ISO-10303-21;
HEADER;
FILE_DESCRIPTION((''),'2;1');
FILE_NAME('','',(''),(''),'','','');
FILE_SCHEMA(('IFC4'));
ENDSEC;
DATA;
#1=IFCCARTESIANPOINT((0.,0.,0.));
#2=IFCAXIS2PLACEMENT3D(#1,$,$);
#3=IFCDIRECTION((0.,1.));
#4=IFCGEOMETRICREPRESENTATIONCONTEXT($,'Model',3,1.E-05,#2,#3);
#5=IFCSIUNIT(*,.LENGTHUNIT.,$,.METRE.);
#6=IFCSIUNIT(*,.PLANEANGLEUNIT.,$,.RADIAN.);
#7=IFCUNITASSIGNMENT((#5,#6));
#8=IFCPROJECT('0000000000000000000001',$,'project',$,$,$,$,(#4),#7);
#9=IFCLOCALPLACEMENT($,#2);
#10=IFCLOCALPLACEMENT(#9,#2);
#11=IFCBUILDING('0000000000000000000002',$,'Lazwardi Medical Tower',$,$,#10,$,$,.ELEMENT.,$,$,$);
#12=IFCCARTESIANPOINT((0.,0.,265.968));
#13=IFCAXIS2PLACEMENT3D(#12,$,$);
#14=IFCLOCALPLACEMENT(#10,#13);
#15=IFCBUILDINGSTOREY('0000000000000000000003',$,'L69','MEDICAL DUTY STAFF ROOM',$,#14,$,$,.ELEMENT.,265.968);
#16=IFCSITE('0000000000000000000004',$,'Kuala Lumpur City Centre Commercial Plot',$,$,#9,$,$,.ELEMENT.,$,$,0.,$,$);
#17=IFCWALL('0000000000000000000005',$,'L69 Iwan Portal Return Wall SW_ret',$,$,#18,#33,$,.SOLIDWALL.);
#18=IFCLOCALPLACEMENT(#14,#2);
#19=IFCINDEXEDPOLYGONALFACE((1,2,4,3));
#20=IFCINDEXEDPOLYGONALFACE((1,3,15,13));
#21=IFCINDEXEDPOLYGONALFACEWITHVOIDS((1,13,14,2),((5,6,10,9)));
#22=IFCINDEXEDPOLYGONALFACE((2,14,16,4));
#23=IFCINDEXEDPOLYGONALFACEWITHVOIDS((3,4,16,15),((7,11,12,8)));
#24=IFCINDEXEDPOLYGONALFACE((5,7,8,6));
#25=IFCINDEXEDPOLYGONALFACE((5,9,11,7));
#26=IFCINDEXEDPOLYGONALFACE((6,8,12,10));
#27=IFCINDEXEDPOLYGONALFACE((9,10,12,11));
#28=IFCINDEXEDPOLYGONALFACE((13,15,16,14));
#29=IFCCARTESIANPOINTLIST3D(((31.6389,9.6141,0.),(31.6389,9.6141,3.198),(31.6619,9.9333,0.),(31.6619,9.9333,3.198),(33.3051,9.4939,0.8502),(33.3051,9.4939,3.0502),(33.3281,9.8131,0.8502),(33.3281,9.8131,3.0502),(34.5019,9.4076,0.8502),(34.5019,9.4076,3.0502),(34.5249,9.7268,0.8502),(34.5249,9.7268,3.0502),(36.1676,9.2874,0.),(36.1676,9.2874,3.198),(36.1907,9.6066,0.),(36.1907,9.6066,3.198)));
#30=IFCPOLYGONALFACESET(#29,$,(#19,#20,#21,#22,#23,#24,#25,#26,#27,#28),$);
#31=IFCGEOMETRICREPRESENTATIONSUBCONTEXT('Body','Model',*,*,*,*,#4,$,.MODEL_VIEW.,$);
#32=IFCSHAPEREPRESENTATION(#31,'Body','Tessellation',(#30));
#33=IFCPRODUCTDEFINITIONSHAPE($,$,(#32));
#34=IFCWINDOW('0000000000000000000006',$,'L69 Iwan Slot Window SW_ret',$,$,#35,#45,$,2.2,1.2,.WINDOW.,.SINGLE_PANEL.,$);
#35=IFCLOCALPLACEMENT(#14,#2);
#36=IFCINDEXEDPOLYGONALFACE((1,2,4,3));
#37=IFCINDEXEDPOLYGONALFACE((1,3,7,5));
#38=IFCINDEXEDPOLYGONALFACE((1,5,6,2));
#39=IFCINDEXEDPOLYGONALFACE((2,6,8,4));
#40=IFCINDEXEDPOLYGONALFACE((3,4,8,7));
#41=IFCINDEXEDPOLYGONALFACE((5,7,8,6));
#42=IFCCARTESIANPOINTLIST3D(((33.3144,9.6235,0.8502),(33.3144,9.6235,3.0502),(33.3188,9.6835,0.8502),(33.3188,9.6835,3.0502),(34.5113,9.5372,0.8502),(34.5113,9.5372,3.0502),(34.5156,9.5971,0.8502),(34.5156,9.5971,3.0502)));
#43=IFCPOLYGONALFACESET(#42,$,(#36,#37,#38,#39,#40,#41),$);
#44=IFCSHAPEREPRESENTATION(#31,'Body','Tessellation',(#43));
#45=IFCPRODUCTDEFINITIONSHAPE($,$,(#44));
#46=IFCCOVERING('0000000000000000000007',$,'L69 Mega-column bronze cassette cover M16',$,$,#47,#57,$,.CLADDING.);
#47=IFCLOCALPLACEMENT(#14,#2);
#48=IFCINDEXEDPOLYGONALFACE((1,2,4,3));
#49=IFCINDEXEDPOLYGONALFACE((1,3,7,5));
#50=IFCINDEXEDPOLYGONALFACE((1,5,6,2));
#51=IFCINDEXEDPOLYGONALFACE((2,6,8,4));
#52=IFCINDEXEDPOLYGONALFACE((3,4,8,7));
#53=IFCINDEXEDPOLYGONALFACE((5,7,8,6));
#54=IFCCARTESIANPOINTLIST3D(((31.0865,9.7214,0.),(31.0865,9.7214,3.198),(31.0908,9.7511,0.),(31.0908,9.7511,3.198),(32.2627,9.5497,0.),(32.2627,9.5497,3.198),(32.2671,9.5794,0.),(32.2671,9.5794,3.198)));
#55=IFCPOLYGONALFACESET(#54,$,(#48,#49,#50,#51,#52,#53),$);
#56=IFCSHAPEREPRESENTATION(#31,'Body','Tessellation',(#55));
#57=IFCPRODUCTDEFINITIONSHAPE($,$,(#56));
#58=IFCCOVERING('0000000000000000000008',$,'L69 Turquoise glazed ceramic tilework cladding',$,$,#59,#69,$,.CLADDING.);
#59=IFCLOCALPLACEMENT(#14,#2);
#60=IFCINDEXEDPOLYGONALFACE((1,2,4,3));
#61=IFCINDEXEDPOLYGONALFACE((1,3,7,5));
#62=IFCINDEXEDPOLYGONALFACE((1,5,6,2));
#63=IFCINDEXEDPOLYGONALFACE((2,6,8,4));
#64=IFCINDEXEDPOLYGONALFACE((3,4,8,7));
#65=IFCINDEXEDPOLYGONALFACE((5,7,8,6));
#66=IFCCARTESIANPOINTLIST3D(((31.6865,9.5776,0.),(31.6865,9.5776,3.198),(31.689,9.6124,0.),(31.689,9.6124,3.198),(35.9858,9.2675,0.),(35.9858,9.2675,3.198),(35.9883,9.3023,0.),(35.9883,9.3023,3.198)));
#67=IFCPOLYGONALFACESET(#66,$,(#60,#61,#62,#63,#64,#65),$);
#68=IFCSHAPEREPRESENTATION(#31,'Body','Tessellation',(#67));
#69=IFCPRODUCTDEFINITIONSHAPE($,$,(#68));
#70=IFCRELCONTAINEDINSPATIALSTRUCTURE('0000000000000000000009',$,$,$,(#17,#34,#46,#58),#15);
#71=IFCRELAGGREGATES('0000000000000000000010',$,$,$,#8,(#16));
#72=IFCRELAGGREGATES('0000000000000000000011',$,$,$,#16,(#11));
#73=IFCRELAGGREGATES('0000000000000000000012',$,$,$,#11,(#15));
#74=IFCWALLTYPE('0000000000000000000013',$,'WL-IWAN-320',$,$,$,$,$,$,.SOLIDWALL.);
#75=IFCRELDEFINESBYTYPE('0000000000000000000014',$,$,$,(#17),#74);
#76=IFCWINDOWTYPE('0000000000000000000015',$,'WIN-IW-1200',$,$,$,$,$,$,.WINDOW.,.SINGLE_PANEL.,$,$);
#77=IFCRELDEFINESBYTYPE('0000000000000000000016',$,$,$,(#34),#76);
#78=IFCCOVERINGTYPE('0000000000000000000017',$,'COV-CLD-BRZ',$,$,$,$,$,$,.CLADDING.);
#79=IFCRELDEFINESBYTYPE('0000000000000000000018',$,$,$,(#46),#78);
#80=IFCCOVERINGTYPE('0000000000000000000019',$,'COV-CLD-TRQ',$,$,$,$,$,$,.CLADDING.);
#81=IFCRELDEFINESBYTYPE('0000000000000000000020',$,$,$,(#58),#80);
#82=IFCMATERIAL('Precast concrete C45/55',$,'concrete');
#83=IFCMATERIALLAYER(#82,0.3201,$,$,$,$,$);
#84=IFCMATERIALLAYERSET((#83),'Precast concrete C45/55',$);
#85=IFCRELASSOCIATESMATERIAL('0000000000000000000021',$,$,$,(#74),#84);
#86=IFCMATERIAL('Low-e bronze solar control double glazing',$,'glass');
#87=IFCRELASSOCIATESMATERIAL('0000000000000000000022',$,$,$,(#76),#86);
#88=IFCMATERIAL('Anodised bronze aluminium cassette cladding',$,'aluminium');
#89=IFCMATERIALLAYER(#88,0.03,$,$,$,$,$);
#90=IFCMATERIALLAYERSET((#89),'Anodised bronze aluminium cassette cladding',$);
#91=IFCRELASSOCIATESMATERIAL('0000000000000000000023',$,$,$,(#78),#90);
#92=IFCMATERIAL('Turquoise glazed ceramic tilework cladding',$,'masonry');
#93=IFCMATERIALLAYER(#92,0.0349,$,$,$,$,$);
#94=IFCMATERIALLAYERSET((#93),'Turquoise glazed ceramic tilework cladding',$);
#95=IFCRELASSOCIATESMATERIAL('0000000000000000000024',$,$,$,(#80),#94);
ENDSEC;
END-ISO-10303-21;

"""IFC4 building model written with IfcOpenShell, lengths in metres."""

from ifc_helpers import new_model, si_unit, direction, frame, frame_2d, origin, origin_2d, place, context, subcontext, project, spatial, rectangle, extrude, material, layer, layer_set, type_object, element, fill, save


model = new_model("IFC4")

# Units and contexts
model_context = context("Model", 3, precision=1e-05, world=origin(), true_north=direction((0.0, 1.0)))
body_context = subcontext(model_context, "Body", "Model", "MODEL_VIEW")
ifc_project = project(units=[si_unit("LENGTHUNIT", "METRE"), si_unit("PLANEANGLEUNIT", "RADIAN")], contexts=[model_context])

# Site, building, storey
site_placement = place(None, origin())
site = spatial("IfcSite", under=ifc_project, at=site_placement, Name="Kuala Lumpur City Centre Commercial Plot", CompositionType="ELEMENT", RefElevation=0.0)
building_placement = place(site_placement, origin())
building = spatial("IfcBuilding", under=site, at=building_placement, Name="Lazwardi Medical Tower", CompositionType="ELEMENT")
storey_placement = place(building_placement, frame((0.0, 0.0, 265.968)))
storey = spatial("IfcBuildingStorey", under=building, at=storey_placement, Name="L69", Description="MEDICAL DUTY STAFF ROOM", CompositionType="ELEMENT", Elevation=265.968)

# Shared definitions
ifc_material_1 = material(Name="Low-e bronze solar control double glazing", Category="glass")

# Wall, opening, window
ifc_material_2 = material(Name="Precast concrete C45/55", Category="concrete")
ifc_layer_1 = layer(ifc_material_2, 0.3201)
ifc_layer_set_1 = layer_set([ifc_layer_1], Name="Precast concrete C45/55")
wall_type_1 = type_object("IfcWallType", Name="WL-IWAN-320", PredefinedType="SOLIDWALL", material=ifc_layer_set_1)
wall_1_placement = place(storey_placement, frame((31.6504, 9.7737, 0.0), z_axis=(0.0, 0.0, 1.0), x_axis=(0.997409, -0.071942, 0.0)))
wall_1 = element("IfcWall", 1, at=wall_1_placement, inside=storey, type_object=wall_type_1, Name="L69 Iwan Portal Return Wall SW_ret", PredefinedType="SOLIDWALL", context=body_context, shape_type="SweptSolid", body=[
    extrude(rectangle(XDim=4.5405, YDim=0.3201, at=frame_2d((2.2703, 0.0))), origin(), (0.0, 0.0, 1.0), 3.198),
])
opening_placement = place(wall_1_placement, frame((1.6704, 0.0, 0.8501)))
opening = element("IfcOpeningElement", 2, at=opening_placement, cuts=wall_1, PredefinedType="OPENING", context=body_context, shape_type="SweptSolid", body=[
    extrude(rectangle(XDim=1.2, YDim=2.2, at=frame_2d((0.6001, 1.1001))), frame((0.0, 0.1699, 0.0), z_axis=(0.0, -1.0, 0.0), x_axis=(1.0, 0.0, 0.0)), (0.0, 0.0, 1.0), 0.3401),
])
window_type = type_object("IfcWindowType", Name="WIN-IW-1200", PartitioningType="SINGLE_PANEL", PredefinedType="WINDOW", material=ifc_material_1)
window_placement = place(opening_placement, origin())
window = element("IfcWindow", 3, at=window_placement, inside=storey, type_object=window_type, Name="L69 Iwan Slot Window SW_ret", OverallHeight=2.2, OverallWidth=1.2, PartitioningType="SINGLE_PANEL", PredefinedType="WINDOW", context=body_context, shape_type="SweptSolid", body=[
    extrude(rectangle(XDim=1.2, YDim=2.2, at=frame_2d((0.6001, 1.1001))), frame((0.0, 0.03, 0.0), z_axis=(0.0, -1.0, 0.0), x_axis=(1.0, 0.0, 0.0)), (0.0, 0.0, 1.0), 0.0601),
])
fill(opening, window)

# Coverings
ifc_material_3 = material(Name="Anodised bronze aluminium cassette cladding", Category="aluminium")
ifc_layer_2 = layer(ifc_material_3, 0.03)
ifc_layer_set_2 = layer_set([ifc_layer_2], Name="Anodised bronze aluminium cassette cladding")
covering_type_1 = type_object("IfcCoveringType", Name="COV-CLD-BRZ", PredefinedType="CLADDING", material=ifc_layer_set_2)
covering_1_placement = place(storey_placement, frame((31.6768, 9.6504, 0.0), z_axis=(0.0, 0.0, 1.0), x_axis=(0.989512, -0.144448, 0.0)))
element("IfcCovering", 4, at=covering_1_placement, inside=storey, type_object=covering_type_1, Name="L69 Mega-column bronze cassette cover M16", PredefinedType="CLADDING", context=body_context, shape_type="SweptSolid", body=[
    extrude(rectangle(XDim=1.1887, YDim=0.03, at=origin_2d()), origin(), (0.0, 0.0, 1.0), 3.198),
])
ifc_material_4 = material(Name="Turquoise glazed ceramic tilework cladding", Category="masonry")
ifc_layer_3 = layer(ifc_material_4, 0.0349)
ifc_layer_set_3 = layer_set([ifc_layer_3], Name="Turquoise glazed ceramic tilework cladding")
covering_type_2 = type_object("IfcCoveringType", Name="COV-CLD-TRQ", PredefinedType="CLADDING", material=ifc_layer_set_3)
covering_2_placement = place(storey_placement, frame((33.8374, 9.4399, 0.0), z_axis=(0.0, 0.0, 1.0), x_axis=(0.997409, -0.07194, 0.0)))
element("IfcCovering", 5, at=covering_2_placement, inside=storey, type_object=covering_type_2, Name="L69 Turquoise glazed ceramic tilework cladding", PredefinedType="CLADDING", context=body_context, shape_type="SweptSolid", body=[
    extrude(rectangle(XDim=4.3105, YDim=0.0349, at=origin_2d()), origin(), (0.0, 0.0, 1.0), 3.198),
])

save(model, "model.ifc")
